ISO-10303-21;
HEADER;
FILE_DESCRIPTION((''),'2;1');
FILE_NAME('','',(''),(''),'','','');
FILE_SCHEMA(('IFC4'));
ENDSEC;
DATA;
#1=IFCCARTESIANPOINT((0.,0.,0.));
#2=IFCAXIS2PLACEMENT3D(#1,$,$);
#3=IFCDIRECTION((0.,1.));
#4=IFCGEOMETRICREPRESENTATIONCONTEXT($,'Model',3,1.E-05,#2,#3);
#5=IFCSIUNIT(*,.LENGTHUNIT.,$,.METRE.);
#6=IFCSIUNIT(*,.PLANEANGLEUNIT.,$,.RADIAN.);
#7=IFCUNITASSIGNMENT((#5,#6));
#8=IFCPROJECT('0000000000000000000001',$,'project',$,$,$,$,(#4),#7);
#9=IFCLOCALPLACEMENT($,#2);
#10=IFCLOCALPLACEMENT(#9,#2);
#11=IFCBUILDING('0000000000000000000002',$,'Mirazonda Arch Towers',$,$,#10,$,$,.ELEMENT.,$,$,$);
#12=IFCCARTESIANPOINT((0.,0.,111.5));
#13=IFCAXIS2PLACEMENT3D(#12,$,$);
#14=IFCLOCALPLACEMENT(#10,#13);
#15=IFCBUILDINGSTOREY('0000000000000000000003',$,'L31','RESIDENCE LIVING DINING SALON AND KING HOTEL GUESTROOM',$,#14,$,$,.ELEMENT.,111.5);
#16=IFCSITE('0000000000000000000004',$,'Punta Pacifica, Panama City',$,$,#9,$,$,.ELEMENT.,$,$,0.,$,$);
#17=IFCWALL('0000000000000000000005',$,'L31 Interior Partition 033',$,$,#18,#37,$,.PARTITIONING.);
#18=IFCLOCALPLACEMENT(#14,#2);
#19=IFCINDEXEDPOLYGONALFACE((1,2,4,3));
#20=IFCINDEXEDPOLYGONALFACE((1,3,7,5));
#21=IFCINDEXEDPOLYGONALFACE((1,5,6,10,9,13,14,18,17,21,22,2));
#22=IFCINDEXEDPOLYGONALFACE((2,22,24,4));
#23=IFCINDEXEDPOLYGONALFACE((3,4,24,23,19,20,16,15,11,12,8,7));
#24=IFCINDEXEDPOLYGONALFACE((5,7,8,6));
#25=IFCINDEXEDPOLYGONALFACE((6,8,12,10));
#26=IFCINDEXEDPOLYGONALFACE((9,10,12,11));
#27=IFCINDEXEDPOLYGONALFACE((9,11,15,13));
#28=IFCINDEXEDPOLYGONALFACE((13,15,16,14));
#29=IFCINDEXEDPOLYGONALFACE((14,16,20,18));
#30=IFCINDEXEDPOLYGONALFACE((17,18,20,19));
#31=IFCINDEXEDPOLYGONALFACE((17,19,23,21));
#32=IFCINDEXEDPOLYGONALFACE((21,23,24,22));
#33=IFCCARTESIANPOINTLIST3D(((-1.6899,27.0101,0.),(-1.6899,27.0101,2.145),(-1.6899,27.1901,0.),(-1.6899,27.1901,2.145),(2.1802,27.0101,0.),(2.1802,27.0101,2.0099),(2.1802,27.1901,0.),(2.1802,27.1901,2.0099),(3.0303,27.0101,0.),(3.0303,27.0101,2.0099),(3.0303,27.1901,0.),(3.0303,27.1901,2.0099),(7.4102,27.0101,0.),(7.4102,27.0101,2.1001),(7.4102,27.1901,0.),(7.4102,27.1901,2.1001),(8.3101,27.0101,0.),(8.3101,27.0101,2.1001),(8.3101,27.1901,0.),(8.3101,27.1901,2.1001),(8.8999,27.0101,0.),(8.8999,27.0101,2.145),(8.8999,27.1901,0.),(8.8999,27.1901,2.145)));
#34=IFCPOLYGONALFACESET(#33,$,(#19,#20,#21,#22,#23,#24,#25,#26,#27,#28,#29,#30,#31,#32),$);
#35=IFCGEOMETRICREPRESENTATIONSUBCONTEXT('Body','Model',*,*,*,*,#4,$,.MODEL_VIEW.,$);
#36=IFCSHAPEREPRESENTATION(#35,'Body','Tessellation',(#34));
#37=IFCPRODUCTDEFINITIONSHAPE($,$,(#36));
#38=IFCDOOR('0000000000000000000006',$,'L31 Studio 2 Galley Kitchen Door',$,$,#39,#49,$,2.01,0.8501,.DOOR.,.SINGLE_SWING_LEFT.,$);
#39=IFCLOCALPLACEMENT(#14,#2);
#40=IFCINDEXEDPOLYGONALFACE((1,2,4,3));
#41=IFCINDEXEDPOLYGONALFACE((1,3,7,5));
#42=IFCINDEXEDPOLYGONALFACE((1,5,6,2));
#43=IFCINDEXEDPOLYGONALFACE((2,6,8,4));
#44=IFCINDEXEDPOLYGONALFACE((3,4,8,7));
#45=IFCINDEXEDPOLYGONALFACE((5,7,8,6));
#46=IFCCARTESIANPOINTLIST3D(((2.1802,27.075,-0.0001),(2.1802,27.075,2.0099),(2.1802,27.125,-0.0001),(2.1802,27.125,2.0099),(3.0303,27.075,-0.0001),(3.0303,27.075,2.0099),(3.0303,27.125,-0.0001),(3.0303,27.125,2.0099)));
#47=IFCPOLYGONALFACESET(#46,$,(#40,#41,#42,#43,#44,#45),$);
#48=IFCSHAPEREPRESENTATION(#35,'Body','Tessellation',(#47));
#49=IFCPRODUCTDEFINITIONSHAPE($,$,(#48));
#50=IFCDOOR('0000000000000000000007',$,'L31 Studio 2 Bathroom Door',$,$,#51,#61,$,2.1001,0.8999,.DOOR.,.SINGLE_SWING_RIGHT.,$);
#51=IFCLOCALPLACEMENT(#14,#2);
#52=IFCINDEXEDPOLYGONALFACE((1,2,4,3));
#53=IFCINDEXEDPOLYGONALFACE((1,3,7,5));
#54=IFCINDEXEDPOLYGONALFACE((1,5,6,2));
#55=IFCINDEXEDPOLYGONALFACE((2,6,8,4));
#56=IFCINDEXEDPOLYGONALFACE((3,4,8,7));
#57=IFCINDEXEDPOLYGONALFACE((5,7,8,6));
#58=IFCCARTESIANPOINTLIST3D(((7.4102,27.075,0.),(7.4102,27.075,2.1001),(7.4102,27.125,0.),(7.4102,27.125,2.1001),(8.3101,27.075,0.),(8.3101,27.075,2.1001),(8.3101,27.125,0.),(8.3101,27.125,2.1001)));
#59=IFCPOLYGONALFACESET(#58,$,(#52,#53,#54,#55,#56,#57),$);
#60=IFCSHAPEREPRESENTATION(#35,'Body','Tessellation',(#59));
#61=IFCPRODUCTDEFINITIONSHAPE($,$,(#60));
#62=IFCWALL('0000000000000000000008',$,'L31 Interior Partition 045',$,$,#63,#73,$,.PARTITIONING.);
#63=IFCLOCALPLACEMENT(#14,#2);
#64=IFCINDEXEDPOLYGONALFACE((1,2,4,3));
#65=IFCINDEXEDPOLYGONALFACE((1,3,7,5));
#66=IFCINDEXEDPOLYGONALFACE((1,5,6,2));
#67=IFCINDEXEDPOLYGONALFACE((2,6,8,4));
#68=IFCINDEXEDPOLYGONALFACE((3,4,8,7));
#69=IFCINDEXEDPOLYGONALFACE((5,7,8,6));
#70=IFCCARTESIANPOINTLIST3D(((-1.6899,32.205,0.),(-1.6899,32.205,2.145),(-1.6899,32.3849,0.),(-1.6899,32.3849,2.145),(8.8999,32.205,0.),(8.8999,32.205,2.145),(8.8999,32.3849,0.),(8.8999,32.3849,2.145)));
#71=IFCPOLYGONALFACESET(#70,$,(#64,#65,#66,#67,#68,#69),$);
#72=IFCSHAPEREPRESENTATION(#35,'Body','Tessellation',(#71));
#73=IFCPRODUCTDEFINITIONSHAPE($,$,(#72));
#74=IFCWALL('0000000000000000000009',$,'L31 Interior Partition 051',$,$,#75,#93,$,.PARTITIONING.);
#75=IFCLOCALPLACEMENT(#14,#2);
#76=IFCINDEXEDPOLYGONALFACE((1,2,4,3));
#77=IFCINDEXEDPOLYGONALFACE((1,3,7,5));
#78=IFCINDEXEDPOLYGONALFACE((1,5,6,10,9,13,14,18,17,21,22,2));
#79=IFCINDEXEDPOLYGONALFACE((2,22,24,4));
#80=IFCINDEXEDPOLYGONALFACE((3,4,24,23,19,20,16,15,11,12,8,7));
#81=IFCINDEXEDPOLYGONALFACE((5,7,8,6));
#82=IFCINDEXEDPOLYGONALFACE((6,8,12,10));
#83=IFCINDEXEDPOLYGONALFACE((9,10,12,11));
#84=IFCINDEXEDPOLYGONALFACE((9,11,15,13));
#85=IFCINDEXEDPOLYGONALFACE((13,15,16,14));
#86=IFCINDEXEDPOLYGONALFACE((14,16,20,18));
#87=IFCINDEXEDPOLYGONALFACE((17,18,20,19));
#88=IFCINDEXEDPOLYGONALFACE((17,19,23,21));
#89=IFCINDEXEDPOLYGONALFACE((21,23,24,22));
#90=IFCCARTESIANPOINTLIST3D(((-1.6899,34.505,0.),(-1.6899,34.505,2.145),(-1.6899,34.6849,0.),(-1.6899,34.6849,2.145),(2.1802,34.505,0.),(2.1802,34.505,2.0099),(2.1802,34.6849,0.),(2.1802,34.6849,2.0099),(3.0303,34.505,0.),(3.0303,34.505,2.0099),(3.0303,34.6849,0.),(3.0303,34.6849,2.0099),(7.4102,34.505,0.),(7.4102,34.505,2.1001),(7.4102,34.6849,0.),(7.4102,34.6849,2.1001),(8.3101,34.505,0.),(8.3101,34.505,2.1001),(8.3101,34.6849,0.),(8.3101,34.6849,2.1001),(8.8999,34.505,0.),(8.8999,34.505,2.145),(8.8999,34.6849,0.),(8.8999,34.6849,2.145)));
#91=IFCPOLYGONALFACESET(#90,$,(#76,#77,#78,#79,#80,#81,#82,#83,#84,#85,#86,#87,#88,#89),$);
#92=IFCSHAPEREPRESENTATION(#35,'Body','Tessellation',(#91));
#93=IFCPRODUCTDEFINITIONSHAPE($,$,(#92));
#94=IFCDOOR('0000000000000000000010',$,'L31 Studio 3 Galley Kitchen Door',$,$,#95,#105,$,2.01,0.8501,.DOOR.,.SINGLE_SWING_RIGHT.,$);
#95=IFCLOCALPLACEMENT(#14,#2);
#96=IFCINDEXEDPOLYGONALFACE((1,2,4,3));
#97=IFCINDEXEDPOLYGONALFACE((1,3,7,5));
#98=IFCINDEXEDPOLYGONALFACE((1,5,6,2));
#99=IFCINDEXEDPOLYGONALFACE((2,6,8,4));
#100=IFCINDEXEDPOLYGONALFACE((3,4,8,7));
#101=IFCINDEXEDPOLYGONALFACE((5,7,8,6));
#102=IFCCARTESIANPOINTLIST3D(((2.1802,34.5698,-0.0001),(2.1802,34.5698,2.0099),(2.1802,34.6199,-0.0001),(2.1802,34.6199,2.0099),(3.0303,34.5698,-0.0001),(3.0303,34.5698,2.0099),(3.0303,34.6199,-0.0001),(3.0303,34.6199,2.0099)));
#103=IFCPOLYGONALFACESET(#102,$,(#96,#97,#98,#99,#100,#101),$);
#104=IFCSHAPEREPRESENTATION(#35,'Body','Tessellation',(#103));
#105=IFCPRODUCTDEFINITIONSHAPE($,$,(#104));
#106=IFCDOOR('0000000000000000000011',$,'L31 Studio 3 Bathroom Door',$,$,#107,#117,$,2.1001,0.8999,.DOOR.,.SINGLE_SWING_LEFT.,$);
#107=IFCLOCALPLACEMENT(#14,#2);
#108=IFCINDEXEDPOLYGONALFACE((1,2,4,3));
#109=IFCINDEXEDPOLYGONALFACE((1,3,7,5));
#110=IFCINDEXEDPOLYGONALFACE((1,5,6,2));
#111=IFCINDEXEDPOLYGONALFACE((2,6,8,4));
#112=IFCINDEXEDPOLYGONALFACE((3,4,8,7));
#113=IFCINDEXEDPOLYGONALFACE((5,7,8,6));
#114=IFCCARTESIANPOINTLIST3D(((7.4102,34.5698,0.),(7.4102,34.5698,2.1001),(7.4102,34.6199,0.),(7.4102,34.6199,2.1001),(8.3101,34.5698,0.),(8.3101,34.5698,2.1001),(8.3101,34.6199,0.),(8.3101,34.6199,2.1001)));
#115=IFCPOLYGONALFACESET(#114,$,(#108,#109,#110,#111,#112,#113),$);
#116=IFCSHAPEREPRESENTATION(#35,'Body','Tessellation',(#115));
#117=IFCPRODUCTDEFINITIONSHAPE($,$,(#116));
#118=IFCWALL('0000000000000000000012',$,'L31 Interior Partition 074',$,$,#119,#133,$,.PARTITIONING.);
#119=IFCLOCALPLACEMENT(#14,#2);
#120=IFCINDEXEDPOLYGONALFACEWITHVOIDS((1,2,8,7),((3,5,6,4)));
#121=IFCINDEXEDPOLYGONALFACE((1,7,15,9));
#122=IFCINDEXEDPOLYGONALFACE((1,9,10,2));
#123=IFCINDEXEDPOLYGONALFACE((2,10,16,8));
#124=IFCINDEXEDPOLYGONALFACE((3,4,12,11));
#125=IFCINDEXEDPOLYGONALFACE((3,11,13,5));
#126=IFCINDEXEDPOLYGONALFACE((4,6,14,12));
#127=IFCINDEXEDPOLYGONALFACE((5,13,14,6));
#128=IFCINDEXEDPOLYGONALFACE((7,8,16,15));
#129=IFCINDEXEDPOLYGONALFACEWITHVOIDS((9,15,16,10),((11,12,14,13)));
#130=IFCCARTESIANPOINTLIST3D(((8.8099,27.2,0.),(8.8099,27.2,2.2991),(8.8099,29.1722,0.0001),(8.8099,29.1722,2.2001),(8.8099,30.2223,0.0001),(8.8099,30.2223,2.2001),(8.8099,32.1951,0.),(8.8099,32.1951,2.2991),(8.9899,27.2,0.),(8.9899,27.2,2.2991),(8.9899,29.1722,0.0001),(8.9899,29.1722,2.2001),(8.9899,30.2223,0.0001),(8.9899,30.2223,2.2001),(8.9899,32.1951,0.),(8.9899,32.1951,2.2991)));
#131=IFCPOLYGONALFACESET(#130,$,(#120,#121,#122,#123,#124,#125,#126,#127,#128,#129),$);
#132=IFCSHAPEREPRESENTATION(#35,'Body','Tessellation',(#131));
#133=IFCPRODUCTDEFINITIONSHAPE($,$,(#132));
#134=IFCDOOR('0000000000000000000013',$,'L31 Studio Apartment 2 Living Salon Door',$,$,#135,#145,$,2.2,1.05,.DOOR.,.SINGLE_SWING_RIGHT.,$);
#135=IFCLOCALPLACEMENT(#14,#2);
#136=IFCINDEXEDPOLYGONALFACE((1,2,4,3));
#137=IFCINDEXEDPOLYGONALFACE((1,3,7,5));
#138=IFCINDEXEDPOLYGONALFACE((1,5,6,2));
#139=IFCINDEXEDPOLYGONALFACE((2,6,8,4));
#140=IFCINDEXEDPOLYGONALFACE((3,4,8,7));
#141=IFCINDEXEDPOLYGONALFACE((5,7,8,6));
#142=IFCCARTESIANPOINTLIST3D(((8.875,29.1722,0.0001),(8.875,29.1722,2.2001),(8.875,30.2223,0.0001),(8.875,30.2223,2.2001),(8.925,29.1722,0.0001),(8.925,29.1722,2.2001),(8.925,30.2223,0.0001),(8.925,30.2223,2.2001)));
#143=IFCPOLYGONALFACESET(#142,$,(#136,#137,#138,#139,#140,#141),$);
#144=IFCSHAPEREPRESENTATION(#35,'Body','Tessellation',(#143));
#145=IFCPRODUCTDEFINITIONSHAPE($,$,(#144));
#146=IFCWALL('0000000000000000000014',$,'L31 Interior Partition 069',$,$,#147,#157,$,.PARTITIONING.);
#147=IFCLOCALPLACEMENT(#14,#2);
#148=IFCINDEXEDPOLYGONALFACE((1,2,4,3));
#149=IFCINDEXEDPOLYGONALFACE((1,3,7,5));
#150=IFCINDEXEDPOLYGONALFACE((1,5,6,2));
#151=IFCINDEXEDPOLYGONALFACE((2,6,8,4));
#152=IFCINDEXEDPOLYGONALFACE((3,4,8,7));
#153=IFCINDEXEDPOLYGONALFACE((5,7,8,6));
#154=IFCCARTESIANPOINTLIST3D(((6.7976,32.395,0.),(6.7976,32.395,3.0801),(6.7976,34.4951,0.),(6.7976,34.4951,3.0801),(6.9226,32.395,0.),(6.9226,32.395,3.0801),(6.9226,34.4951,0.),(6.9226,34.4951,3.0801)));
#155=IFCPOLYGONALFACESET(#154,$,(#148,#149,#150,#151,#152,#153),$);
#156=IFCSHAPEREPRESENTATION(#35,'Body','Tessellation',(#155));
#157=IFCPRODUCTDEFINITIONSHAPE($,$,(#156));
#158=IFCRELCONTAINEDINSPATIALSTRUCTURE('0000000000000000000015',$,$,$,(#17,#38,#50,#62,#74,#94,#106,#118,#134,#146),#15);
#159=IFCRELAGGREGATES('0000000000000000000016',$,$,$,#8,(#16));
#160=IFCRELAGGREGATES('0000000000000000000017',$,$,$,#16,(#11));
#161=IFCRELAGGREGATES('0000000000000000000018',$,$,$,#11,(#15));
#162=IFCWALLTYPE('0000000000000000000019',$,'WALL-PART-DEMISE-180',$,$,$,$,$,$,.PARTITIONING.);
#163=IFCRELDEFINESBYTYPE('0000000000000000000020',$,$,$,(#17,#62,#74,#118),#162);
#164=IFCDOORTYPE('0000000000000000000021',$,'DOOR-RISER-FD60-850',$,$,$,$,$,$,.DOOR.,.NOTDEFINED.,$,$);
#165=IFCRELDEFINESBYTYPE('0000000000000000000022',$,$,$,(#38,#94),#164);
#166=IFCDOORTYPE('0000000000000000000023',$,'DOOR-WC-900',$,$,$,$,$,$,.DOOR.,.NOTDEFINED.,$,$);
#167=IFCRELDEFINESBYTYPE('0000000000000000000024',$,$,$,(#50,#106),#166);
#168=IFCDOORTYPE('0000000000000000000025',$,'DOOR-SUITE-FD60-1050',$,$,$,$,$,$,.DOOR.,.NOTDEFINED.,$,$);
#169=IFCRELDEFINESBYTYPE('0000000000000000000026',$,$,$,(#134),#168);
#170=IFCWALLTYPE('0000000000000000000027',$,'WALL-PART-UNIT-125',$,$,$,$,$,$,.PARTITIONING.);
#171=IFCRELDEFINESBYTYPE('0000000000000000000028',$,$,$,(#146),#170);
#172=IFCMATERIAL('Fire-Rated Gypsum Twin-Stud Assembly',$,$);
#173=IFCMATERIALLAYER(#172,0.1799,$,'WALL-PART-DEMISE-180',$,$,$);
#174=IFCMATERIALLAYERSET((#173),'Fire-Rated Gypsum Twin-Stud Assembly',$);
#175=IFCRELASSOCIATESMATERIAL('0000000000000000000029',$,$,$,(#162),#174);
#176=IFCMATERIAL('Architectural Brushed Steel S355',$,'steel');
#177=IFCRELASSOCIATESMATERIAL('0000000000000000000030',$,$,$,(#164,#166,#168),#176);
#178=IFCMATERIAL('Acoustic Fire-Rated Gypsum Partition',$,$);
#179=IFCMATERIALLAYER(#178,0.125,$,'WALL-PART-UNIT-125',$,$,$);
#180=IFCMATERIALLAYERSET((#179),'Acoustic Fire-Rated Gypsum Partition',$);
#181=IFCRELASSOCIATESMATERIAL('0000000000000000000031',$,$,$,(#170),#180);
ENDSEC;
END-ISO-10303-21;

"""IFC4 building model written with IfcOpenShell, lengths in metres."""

from ifc_helpers import new_model, si_unit, direction, frame, frame_2d, origin, place, context, subcontext, project, spatial, rectangle, extrude, material, layer, layer_set, type_object, element, fill, save


model = new_model("IFC4")

# Units and contexts
model_context = context("Model", 3, precision=1e-05, world=origin(), true_north=direction((0.0, 1.0)))
body_context = subcontext(model_context, "Body", "Model", "MODEL_VIEW")
ifc_project = project(units=[si_unit("LENGTHUNIT", "METRE"), si_unit("PLANEANGLEUNIT", "RADIAN")], contexts=[model_context])

# Site, building, storey
site_placement = place(None, origin())
site = spatial("IfcSite", under=ifc_project, at=site_placement, Name="Punta Pacifica, Panama City", CompositionType="ELEMENT", RefElevation=0.0)
building_placement = place(site_placement, origin())
building = spatial("IfcBuilding", under=site, at=building_placement, Name="Mirazonda Arch Towers", CompositionType="ELEMENT")
storey_placement = place(building_placement, frame((0.0, 0.0, 111.5)))
storey = spatial("IfcBuildingStorey", under=building, at=storey_placement, Name="L31", Description="RESIDENCE LIVING DINING SALON AND KING HOTEL GUESTROOM", CompositionType="ELEMENT", Elevation=111.5)

# Wall, openings, doors
ifc_material_1 = material(Name="Fire-Rated Gypsum Twin-Stud Assembly")
ifc_layer_1 = layer(ifc_material_1, 0.1799, Name="WALL-PART-DEMISE-180")
ifc_layer_set_1 = layer_set([ifc_layer_1], Name="Fire-Rated Gypsum Twin-Stud Assembly")
wall_type_1 = type_object("IfcWallType", Name="WALL-PART-DEMISE-180", PredefinedType="PARTITIONING", material=ifc_layer_set_1)
wall_1_placement = place(storey_placement, frame((-1.6899, 27.1001, 0.0), z_axis=(0.0, 0.0, 1.0), x_axis=(1.0, 0.0, 0.0)))
wall_1 = element("IfcWall", 1, at=wall_1_placement, inside=storey, type_object=wall_type_1, Name="L31 Interior Partition 033", PredefinedType="PARTITIONING", context=body_context, shape_type="SweptSolid", body=[
    extrude(rectangle(XDim=10.5898, YDim=0.1799, at=frame_2d((5.2949, 0.0))), origin(), (0.0, 0.0, 1.0), 2.145),
])
opening_1_placement = place(wall_1_placement, frame((3.8701, 0.0, 0.0)))
opening_1 = element("IfcOpeningElement", 2, at=opening_1_placement, cuts=wall_1, PredefinedType="OPENING", context=body_context, shape_type="SweptSolid", body=[
    extrude(rectangle(XDim=0.8501, YDim=2.01, at=frame_2d((0.425, 1.0049))), frame((0.0, 0.0999, 0.0), z_axis=(0.0, -1.0, 0.0), x_axis=(1.0, 0.0, 0.0)), (0.0, 0.0, 1.0), 0.2),
])
opening_2_placement = place(wall_1_placement, frame((9.1001, 0.0, 0.0)))
opening_2 = element("IfcOpeningElement", 3, at=opening_2_placement, cuts=wall_1, PredefinedType="OPENING", context=body_context, shape_type="SweptSolid", body=[
    extrude(rectangle(XDim=0.8999, YDim=2.1001, at=frame_2d((0.45, 1.05))), frame((0.0, 0.0999, 0.0), z_axis=(0.0, -1.0, 0.0), x_axis=(1.0, 0.0, 0.0)), (0.0, 0.0, 1.0), 0.2),
])
ifc_material_2 = material(Name="Architectural Brushed Steel S355", Category="steel")
door_type_1 = type_object("IfcDoorType", Name="DOOR-RISER-FD60-850", OperationType="NOTDEFINED", PredefinedType="DOOR", material=ifc_material_2)
door_1_placement = place(opening_1_placement, origin())
door_1 = element("IfcDoor", 4, at=door_1_placement, inside=storey, type_object=door_type_1, Name="L31 Studio 2 Galley Kitchen Door", OperationType="SINGLE_SWING_LEFT", OverallHeight=2.01, OverallWidth=0.8501, PredefinedType="DOOR", context=body_context, shape_type="SweptSolid", body=[
    extrude(rectangle(XDim=0.8501, YDim=2.01, at=frame_2d((0.425, 1.0049))), frame((0.0, 0.0249, 0.0), z_axis=(0.0, -1.0, 0.0), x_axis=(1.0, 0.0, 0.0)), (0.0, 0.0, 1.0), 0.05),
])
fill(opening_1, door_1)
door_type_2 = type_object("IfcDoorType", Name="DOOR-WC-900", OperationType="NOTDEFINED", PredefinedType="DOOR", material=ifc_material_2)
door_2_placement = place(opening_2_placement, origin())
door_2 = element("IfcDoor", 5, at=door_2_placement, inside=storey, type_object=door_type_2, Name="L31 Studio 2 Bathroom Door", OperationType="SINGLE_SWING_RIGHT", OverallHeight=2.1001, OverallWidth=0.8999, PredefinedType="DOOR", context=body_context, shape_type="SweptSolid", body=[
    extrude(rectangle(XDim=0.8999, YDim=2.1001, at=frame_2d((0.45, 1.05))), frame((0.0, 0.0249, 0.0), z_axis=(0.0, -1.0, 0.0), x_axis=(1.0, 0.0, 0.0)), (0.0, 0.0, 1.0), 0.05),
])
fill(opening_2, door_2)

# Wall
wall_2_placement = place(storey_placement, frame((-1.6899, 32.2949, 0.0), z_axis=(0.0, 0.0, 1.0), x_axis=(1.0, 0.0, 0.0)))
element("IfcWall", 6, at=wall_2_placement, inside=storey, type_object=wall_type_1, Name="L31 Interior Partition 045", PredefinedType="PARTITIONING", context=body_context, shape_type="SweptSolid", body=[
    extrude(rectangle(XDim=10.5898, YDim=0.1799, at=frame_2d((5.2949, 0.0))), origin(), (0.0, 0.0, 1.0), 2.145),
])

# Wall, openings, doors
wall_3_placement = place(storey_placement, frame((-1.6899, 34.595, 0.0), z_axis=(0.0, 0.0, 1.0), x_axis=(1.0, 0.0, 0.0)))
wall_3 = element("IfcWall", 7, at=wall_3_placement, inside=storey, type_object=wall_type_1, Name="L31 Interior Partition 051", PredefinedType="PARTITIONING", context=body_context, shape_type="SweptSolid", body=[
    extrude(rectangle(XDim=10.5898, YDim=0.1799, at=frame_2d((5.2949, 0.0))), origin(), (0.0, 0.0, 1.0), 2.145),
])
opening_3_placement = place(wall_3_placement, frame((3.8701, 0.0, 0.0)))
opening_3 = element("IfcOpeningElement", 8, at=opening_3_placement, cuts=wall_3, PredefinedType="OPENING", context=body_context, shape_type="SweptSolid", body=[
    extrude(rectangle(XDim=0.8501, YDim=2.01, at=frame_2d((0.425, 1.0049))), frame((0.0, 0.0999, 0.0), z_axis=(0.0, -1.0, 0.0), x_axis=(1.0, 0.0, 0.0)), (0.0, 0.0, 1.0), 0.2),
])
opening_4_placement = place(wall_3_placement, frame((9.1001, 0.0, 0.0)))
opening_4 = element("IfcOpeningElement", 9, at=opening_4_placement, cuts=wall_3, PredefinedType="OPENING", context=body_context, shape_type="SweptSolid", body=[
    extrude(rectangle(XDim=0.8999, YDim=2.1001, at=frame_2d((0.45, 1.05))), frame((0.0, 0.0999, 0.0), z_axis=(0.0, -1.0, 0.0), x_axis=(1.0, 0.0, 0.0)), (0.0, 0.0, 1.0), 0.2),
])
door_3_placement = place(opening_3_placement, origin())
door_3 = element("IfcDoor", 10, at=door_3_placement, inside=storey, type_object=door_type_1, Name="L31 Studio 3 Galley Kitchen Door", OperationType="SINGLE_SWING_RIGHT", OverallHeight=2.01, OverallWidth=0.8501, PredefinedType="DOOR", context=body_context, shape_type="SweptSolid", body=[
    extrude(rectangle(XDim=0.8501, YDim=2.01, at=frame_2d((0.425, 1.0049))), frame((0.0, 0.0249, 0.0), z_axis=(0.0, -1.0, 0.0), x_axis=(1.0, 0.0, 0.0)), (0.0, 0.0, 1.0), 0.05),
])
fill(opening_3, door_3)
door_4_placement = place(opening_4_placement, origin())
door_4 = element("IfcDoor", 11, at=door_4_placement, inside=storey, type_object=door_type_2, Name="L31 Studio 3 Bathroom Door", OperationType="SINGLE_SWING_LEFT", OverallHeight=2.1001, OverallWidth=0.8999, PredefinedType="DOOR", context=body_context, shape_type="SweptSolid", body=[
    extrude(rectangle(XDim=0.8999, YDim=2.1001, at=frame_2d((0.45, 1.05))), frame((0.0, 0.0249, 0.0), z_axis=(0.0, -1.0, 0.0), x_axis=(1.0, 0.0, 0.0)), (0.0, 0.0, 1.0), 0.05),
])
fill(opening_4, door_4)

# Wall, opening, door
wall_4_placement = place(storey_placement, frame((8.8999, 27.2, 0.0), z_axis=(0.0, 0.0, 1.0), x_axis=(0.0, 1.0, 0.0)))
wall_4 = element("IfcWall", 12, at=wall_4_placement, inside=storey, type_object=wall_type_1, Name="L31 Interior Partition 074", PredefinedType="PARTITIONING", context=body_context, shape_type="SweptSolid", body=[
    extrude(rectangle(XDim=4.9951, YDim=0.1799, at=frame_2d((2.4976, 0.0))), origin(), (0.0, 0.0, 1.0), 2.2991),
])
opening_5_placement = place(wall_4_placement, frame((1.9724, 0.0, 0.0)))
opening_5 = element("IfcOpeningElement", 13, at=opening_5_placement, cuts=wall_4, PredefinedType="OPENING", context=body_context, shape_type="SweptSolid", body=[
    extrude(rectangle(XDim=1.05, YDim=2.2, at=frame_2d((0.5249, 1.1001))), frame((0.0, 0.0999, 0.0), z_axis=(0.0, -1.0, 0.0), x_axis=(1.0, 0.0, 0.0)), (0.0, 0.0, 1.0), 0.2),
])
door_type_3 = type_object("IfcDoorType", Name="DOOR-SUITE-FD60-1050", OperationType="NOTDEFINED", PredefinedType="DOOR", material=ifc_material_2)
door_5_placement = place(opening_5_placement, origin())
door_5 = element("IfcDoor", 14, at=door_5_placement, inside=storey, type_object=door_type_3, Name="L31 Studio Apartment 2 Living Salon Door", OperationType="SINGLE_SWING_RIGHT", OverallHeight=2.2, OverallWidth=1.05, PredefinedType="DOOR", context=body_context, shape_type="SweptSolid", body=[
    extrude(rectangle(XDim=1.05, YDim=2.2, at=frame_2d((0.5249, 1.1001))), frame((0.0, 0.0249, 0.0), z_axis=(0.0, -1.0, 0.0), x_axis=(1.0, 0.0, 0.0)), (0.0, 0.0, 1.0), 0.05),
])
fill(opening_5, door_5)

# Wall
ifc_material_3 = material(Name="Acoustic Fire-Rated Gypsum Partition")
ifc_layer_2 = layer(ifc_material_3, 0.125, Name="WALL-PART-UNIT-125")
ifc_layer_set_2 = layer_set([ifc_layer_2], Name="Acoustic Fire-Rated Gypsum Partition")
wall_type_2 = type_object("IfcWallType", Name="WALL-PART-UNIT-125", PredefinedType="PARTITIONING", material=ifc_layer_set_2)
wall_5_placement = place(storey_placement, frame((6.8601, 32.395, 0.0), z_axis=(0.0, 0.0, 1.0), x_axis=(0.0, 1.0, 0.0)))
element("IfcWall", 15, at=wall_5_placement, inside=storey, type_object=wall_type_2, Name="L31 Interior Partition 069", PredefinedType="PARTITIONING", context=body_context, shape_type="SweptSolid", body=[
    extrude(rectangle(XDim=2.1001, YDim=0.125, at=frame_2d((1.05, 0.0))), origin(), (0.0, 0.0, 1.0), 3.0801),
])

save(model, "model.ifc")
